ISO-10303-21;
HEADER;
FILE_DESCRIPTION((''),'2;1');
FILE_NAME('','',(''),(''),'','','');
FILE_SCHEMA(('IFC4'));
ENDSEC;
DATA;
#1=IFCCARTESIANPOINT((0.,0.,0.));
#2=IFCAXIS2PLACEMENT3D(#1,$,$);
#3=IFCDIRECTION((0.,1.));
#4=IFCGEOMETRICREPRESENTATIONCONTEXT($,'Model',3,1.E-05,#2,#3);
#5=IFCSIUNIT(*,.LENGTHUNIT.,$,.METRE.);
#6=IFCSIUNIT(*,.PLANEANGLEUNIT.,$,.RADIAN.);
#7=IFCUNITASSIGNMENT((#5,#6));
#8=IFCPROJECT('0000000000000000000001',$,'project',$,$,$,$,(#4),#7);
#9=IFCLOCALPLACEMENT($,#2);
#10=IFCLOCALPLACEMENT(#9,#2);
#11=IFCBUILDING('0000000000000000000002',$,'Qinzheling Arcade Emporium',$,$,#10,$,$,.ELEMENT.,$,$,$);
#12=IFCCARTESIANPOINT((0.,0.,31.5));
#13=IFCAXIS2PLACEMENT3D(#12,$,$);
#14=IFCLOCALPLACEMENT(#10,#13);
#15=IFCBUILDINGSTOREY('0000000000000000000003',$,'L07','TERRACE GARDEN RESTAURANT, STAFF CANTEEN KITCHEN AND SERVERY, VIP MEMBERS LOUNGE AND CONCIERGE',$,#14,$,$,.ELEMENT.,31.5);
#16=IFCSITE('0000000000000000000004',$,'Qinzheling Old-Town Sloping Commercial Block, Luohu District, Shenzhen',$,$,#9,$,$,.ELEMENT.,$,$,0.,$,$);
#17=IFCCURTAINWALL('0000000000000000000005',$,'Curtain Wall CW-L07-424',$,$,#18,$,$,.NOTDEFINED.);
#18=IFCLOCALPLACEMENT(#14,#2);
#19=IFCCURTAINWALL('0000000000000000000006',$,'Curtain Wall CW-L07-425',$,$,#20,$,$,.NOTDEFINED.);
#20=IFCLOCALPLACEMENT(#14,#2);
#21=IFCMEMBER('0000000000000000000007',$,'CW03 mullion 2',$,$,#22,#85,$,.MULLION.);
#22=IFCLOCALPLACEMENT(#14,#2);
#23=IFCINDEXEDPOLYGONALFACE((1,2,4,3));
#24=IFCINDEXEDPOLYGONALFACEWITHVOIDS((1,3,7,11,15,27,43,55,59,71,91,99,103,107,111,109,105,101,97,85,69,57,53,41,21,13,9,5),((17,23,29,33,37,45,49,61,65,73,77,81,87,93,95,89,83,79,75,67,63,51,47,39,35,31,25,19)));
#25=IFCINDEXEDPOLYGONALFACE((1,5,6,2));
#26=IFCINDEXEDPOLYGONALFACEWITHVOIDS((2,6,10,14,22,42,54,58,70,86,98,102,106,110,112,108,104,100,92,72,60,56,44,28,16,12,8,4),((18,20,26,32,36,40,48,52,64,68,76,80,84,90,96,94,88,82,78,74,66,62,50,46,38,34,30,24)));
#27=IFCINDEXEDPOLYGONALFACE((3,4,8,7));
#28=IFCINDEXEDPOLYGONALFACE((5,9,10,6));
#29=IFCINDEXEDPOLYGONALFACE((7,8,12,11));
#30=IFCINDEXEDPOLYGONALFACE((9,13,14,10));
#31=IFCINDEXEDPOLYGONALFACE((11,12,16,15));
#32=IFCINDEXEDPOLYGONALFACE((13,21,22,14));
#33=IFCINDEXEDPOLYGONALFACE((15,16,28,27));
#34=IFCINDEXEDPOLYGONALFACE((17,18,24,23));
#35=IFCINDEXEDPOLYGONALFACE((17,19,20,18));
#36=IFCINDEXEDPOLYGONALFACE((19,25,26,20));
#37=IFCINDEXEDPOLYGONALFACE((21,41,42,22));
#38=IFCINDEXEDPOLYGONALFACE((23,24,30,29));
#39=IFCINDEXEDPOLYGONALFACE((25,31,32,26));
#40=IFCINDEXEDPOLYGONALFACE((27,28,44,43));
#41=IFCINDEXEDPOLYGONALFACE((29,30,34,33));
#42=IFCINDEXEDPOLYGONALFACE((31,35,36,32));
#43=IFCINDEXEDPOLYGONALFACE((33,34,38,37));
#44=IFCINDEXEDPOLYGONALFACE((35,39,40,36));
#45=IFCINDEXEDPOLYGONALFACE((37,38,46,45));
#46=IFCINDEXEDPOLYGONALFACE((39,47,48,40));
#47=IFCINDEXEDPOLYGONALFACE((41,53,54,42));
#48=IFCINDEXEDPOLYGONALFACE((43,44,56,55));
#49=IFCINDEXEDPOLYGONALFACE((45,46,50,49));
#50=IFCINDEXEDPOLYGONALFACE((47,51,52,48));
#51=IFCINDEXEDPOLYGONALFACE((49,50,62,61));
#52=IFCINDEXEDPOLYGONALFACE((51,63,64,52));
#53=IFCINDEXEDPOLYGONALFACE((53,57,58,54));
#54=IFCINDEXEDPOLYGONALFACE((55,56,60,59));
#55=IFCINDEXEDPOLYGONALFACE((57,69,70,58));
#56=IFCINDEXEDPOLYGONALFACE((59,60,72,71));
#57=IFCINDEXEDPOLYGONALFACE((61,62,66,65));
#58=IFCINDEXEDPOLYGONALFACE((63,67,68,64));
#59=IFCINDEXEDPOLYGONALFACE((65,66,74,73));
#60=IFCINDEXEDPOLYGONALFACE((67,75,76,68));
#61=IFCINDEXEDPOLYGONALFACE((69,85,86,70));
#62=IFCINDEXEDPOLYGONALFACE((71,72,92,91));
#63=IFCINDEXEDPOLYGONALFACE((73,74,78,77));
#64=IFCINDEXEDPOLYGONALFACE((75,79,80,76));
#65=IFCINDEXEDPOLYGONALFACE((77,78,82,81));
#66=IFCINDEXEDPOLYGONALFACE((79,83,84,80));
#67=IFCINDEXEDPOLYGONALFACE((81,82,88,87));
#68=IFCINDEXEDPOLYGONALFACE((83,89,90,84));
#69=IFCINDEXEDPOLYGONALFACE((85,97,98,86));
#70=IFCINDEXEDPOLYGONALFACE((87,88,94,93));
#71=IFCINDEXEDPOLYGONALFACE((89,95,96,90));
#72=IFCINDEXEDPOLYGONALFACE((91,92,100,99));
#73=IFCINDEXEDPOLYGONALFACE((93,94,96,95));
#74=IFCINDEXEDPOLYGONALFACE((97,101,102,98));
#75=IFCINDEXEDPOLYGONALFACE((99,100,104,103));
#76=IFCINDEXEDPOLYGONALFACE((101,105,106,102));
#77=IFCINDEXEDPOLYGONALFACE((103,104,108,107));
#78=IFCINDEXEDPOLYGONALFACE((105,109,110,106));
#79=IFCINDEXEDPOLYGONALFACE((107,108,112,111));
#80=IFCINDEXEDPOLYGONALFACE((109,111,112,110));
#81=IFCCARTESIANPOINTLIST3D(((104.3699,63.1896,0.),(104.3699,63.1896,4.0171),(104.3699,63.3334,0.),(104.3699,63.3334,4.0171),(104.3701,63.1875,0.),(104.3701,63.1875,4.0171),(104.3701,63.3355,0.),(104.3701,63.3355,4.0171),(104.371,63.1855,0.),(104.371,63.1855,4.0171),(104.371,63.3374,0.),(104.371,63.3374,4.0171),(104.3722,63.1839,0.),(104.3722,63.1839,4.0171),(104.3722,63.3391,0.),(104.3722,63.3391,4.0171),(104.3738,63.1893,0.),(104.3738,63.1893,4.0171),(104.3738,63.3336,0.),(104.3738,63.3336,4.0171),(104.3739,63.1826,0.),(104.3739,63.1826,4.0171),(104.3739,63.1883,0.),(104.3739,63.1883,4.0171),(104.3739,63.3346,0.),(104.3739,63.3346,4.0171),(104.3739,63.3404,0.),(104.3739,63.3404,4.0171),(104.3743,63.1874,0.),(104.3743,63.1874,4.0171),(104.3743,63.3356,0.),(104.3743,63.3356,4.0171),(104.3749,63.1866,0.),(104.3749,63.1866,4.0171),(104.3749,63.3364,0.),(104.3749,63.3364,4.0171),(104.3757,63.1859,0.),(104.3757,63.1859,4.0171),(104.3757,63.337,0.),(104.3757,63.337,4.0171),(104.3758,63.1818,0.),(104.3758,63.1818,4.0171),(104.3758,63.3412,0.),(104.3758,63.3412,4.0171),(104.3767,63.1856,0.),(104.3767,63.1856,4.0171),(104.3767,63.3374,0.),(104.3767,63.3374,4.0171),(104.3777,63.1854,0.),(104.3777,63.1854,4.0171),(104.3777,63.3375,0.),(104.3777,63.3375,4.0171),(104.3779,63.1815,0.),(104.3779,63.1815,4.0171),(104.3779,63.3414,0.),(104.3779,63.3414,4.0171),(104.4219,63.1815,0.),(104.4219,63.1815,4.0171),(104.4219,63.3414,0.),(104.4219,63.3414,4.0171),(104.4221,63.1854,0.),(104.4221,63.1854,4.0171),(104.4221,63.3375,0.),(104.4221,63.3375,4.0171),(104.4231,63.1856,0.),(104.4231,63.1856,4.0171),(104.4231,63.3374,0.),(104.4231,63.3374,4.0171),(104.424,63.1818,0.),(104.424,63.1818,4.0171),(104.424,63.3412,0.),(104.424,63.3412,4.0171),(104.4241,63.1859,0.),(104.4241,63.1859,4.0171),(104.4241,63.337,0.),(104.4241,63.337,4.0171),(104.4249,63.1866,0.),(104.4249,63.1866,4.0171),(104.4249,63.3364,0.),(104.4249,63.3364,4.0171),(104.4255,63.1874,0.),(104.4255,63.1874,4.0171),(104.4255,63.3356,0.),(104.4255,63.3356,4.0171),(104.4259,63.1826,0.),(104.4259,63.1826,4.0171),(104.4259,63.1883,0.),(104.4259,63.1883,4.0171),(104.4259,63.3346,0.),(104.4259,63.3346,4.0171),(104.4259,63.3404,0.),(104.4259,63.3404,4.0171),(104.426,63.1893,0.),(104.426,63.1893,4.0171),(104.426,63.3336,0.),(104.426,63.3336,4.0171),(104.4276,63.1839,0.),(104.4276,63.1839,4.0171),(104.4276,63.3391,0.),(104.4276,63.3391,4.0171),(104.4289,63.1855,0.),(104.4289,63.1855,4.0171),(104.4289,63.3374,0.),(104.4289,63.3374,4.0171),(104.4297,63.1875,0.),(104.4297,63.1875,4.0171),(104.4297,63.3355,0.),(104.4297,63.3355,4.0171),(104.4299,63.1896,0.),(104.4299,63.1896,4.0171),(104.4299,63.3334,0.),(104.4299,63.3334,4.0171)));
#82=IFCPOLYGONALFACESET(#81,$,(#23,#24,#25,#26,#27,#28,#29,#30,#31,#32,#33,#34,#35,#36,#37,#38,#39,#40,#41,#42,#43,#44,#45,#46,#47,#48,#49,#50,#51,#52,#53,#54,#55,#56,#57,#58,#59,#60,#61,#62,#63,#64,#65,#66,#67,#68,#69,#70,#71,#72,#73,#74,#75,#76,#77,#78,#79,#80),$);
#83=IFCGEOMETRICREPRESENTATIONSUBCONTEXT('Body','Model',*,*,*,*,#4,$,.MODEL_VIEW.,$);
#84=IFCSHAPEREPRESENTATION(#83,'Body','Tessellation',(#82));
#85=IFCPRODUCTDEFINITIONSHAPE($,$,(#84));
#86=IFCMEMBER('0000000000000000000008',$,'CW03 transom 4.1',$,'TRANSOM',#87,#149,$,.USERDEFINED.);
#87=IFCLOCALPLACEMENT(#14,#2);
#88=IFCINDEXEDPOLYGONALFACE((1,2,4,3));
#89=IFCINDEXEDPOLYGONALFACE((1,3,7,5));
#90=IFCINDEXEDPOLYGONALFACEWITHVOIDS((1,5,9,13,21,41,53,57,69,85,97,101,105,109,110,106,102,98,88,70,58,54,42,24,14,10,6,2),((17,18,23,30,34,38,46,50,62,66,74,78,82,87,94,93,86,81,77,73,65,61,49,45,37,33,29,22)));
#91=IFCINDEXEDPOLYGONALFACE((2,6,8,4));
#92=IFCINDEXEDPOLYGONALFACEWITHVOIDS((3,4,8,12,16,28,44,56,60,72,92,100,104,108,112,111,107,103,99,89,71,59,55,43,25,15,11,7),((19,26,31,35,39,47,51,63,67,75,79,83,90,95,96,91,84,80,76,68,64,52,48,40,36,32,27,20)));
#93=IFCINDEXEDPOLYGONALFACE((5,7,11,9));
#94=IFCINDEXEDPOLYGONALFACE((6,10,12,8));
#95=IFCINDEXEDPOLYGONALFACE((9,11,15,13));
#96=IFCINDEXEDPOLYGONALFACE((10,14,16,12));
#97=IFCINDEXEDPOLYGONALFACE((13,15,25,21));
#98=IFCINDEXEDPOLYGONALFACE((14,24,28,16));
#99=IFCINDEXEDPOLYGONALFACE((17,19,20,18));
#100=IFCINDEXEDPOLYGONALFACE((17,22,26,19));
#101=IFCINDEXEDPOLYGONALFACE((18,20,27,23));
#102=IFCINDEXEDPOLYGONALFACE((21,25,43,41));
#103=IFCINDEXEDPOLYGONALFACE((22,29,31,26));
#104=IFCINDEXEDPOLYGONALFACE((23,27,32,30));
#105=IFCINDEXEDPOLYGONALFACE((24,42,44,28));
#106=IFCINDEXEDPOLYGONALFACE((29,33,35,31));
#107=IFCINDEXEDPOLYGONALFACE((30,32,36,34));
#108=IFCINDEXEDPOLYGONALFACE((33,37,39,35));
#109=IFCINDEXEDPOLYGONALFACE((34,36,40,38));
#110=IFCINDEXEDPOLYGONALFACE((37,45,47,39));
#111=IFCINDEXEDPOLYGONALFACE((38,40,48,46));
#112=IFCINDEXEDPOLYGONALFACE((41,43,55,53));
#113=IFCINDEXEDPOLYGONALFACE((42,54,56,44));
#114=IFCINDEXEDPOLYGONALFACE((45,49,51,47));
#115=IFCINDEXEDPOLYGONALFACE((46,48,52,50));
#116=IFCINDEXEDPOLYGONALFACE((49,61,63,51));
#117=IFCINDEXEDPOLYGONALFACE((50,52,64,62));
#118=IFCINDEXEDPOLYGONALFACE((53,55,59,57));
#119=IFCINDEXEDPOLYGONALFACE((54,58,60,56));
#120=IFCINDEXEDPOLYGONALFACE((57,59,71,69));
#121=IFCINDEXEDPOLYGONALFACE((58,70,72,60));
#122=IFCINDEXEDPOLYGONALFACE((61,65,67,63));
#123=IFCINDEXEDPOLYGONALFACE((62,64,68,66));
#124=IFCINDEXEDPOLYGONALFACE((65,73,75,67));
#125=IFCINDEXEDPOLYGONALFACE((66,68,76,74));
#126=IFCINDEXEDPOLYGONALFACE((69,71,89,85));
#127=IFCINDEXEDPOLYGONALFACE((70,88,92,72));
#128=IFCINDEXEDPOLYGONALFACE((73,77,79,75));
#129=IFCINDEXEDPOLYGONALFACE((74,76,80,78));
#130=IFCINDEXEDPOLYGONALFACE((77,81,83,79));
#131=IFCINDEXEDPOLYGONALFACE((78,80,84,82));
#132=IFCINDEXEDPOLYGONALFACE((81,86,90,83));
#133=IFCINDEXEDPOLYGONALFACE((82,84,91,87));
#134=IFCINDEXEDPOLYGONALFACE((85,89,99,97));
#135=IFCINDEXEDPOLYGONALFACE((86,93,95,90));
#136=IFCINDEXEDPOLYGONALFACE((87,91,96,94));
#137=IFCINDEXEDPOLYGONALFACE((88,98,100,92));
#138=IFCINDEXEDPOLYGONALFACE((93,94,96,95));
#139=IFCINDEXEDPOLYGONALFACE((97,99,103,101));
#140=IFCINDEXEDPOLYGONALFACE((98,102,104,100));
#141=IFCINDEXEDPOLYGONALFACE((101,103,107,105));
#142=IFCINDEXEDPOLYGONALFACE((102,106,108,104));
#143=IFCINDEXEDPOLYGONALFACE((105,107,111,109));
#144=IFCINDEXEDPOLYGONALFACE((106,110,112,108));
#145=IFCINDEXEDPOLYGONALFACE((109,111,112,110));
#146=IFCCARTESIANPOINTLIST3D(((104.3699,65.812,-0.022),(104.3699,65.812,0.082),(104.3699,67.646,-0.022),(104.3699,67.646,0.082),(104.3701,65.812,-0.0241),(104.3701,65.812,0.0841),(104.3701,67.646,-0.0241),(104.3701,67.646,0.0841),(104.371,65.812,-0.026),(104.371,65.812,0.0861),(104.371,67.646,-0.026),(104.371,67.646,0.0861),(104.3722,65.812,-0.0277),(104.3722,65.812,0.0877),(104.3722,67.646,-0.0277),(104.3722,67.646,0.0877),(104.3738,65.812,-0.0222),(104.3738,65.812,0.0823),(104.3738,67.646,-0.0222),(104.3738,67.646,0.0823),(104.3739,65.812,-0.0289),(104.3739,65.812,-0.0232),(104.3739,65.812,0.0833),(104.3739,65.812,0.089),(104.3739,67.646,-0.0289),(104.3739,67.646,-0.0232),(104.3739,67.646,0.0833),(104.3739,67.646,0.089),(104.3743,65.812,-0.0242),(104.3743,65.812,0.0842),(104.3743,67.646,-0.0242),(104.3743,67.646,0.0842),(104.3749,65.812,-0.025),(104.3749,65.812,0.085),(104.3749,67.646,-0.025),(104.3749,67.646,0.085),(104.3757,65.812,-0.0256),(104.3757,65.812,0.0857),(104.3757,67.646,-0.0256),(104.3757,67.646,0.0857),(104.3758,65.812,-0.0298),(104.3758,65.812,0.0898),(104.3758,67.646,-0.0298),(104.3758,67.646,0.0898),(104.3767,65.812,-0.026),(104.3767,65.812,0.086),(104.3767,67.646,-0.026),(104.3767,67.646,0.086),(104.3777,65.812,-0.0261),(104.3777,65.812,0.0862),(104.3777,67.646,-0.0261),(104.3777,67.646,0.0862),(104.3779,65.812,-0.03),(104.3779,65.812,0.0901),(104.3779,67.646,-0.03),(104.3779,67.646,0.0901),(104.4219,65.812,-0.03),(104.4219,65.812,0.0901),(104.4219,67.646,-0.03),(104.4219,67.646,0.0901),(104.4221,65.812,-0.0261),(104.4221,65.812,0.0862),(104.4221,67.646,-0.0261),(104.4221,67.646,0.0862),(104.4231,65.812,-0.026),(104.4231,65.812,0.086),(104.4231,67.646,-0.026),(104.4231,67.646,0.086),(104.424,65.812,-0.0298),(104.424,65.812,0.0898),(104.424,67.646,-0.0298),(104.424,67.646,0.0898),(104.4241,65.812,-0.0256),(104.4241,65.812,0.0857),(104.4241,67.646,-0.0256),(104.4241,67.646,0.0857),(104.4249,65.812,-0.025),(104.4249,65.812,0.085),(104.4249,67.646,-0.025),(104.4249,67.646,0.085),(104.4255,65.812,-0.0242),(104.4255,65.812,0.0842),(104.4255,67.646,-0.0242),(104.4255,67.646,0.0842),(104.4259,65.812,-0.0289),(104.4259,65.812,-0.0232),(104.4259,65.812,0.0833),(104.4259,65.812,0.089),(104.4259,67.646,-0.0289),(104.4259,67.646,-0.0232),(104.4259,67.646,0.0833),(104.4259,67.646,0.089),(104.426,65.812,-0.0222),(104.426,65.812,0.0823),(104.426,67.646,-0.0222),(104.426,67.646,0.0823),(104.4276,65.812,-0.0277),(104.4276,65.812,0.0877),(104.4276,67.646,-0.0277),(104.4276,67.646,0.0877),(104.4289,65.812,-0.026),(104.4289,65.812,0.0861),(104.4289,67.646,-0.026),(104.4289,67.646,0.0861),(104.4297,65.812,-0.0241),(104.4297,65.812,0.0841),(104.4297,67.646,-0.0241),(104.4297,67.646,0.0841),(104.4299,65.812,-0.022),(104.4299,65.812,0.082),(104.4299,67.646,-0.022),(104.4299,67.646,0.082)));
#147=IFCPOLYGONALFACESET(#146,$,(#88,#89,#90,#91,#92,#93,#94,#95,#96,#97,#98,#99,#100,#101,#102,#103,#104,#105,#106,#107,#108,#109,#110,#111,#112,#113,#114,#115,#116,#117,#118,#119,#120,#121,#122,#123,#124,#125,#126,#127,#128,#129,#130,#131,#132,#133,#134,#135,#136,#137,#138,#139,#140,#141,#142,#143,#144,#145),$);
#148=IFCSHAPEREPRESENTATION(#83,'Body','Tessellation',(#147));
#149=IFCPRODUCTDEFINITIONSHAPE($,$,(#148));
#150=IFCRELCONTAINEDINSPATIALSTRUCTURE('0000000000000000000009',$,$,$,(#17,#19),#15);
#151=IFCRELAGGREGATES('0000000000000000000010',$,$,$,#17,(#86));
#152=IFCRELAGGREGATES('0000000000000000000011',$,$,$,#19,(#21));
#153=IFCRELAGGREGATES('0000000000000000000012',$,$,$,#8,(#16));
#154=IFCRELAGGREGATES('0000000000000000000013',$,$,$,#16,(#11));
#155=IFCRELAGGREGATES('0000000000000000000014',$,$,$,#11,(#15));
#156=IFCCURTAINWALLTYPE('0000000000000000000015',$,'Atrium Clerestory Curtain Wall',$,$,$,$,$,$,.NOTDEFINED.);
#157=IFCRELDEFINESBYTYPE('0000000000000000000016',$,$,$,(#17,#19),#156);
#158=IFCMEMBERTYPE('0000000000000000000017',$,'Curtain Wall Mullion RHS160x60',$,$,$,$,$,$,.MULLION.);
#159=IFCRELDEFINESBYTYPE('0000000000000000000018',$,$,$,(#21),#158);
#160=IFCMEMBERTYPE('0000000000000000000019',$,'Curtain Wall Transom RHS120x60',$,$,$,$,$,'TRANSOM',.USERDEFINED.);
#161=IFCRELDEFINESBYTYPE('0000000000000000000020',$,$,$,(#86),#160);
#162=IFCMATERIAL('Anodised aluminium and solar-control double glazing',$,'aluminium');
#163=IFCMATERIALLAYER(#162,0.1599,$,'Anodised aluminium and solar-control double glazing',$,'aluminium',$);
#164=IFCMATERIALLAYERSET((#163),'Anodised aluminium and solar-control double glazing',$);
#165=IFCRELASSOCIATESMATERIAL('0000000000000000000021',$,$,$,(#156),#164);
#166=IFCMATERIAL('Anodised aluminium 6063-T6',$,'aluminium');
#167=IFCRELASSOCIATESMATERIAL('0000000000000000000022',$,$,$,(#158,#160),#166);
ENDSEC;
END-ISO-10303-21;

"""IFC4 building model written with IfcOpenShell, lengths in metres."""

from ifc_helpers import new_model, si_unit, direction, frame, origin, origin_2d, place, context, subcontext, project, spatial, hollow_rectangle, extrude, material, layer, layer_set, material_profile, profile_set, type_object, element, aggregate, save


model = new_model("IFC4")

# Units and contexts
model_context = context("Model", 3, precision=1e-05, world=origin(), true_north=direction((0.0, 1.0)))
body_context = subcontext(model_context, "Body", "Model", "MODEL_VIEW")
ifc_project = project(units=[si_unit("LENGTHUNIT", "METRE"), si_unit("PLANEANGLEUNIT", "RADIAN")], contexts=[model_context])

# Site, building, storey
site_placement = place(None, origin())
site = spatial("IfcSite", under=ifc_project, at=site_placement, Name="Qinzheling Old-Town Sloping Commercial Block, Luohu District, Shenzhen", CompositionType="ELEMENT", RefElevation=0.0)
building_placement = place(site_placement, origin())
building = spatial("IfcBuilding", under=site, at=building_placement, Name="Qinzheling Arcade Emporium", CompositionType="ELEMENT")
storey_placement = place(building_placement, frame((0.0, 0.0, 31.5)))
storey = spatial("IfcBuildingStorey", under=building, at=storey_placement, Name="L07", Description="TERRACE GARDEN RESTAURANT, STAFF CANTEEN KITCHEN AND SERVERY, VIP MEMBERS LOUNGE AND CONCIERGE", CompositionType="ELEMENT", Elevation=31.5)

# Curtain wall
ifc_material_1 = material(Name="Anodised aluminium and solar-control double glazing", Category="aluminium")
ifc_layer_1 = layer(ifc_material_1, 0.1599, Name="Anodised aluminium and solar-control double glazing", Category="aluminium")
ifc_layer_set_1 = layer_set([ifc_layer_1], Name="Anodised aluminium and solar-control double glazing")
curtain_wall_type = type_object("IfcCurtainWallType", Name="Atrium Clerestory Curtain Wall", PredefinedType="NOTDEFINED", material=ifc_layer_set_1)
curtain_wall_1_placement = place(storey_placement, origin())
curtain_wall_1 = element("IfcCurtainWall", 1, at=curtain_wall_1_placement, inside=storey, type_object=curtain_wall_type, Name="Curtain Wall CW-L07-424", PredefinedType="NOTDEFINED")
ifc_material_2 = material(Name="Anodised aluminium 6063-T6", Category="aluminium")
ifc_material_profile_1 = material_profile(ifc_material_2, hollow_rectangle(XDim=0.0601, YDim=0.1599, WallThickness=0.0039, InnerFilletRadius=0.0039, OuterFilletRadius=0.0081, at=origin_2d()), Name="RHS 160x60x4", Category="aluminium")
ifc_profile_set_1 = profile_set([ifc_material_profile_1], Name="Anodised aluminium 6063-T6")
member_type_1 = type_object("IfcMemberType", Name="Curtain Wall Mullion RHS160x60", PredefinedType="MULLION", material=ifc_profile_set_1)

# Curtain wall, member
curtain_wall_2_placement = place(storey_placement, origin())
curtain_wall_2 = element("IfcCurtainWall", 2, at=curtain_wall_2_placement, inside=storey, type_object=curtain_wall_type, Name="Curtain Wall CW-L07-425", PredefinedType="NOTDEFINED")
member_1_placement = place(storey_placement, frame((104.3999, 63.2615, 0.0), z_axis=(0.0, 0.0, 1.0), x_axis=(1.0, 0.0, 0.0)))
member_1 = element("IfcMember", 3, at=member_1_placement, type_object=member_type_1, Name="CW03 mullion 2", PredefinedType="MULLION", context=body_context, shape_type="SweptSolid", body=[
    extrude(hollow_rectangle(XDim=0.0601, YDim=0.1599, WallThickness=0.0039, InnerFilletRadius=0.0039, OuterFilletRadius=0.0081, at=origin_2d()), origin(), (0.0, 0.0, 1.0), 4.0171),
])

# Member
ifc_material_profile_2 = material_profile(ifc_material_2, hollow_rectangle(XDim=0.0601, YDim=0.1201, WallThickness=0.0039, InnerFilletRadius=0.0039, OuterFilletRadius=0.0081, at=origin_2d()), Name="RHS 120x60x4", Category="aluminium")
ifc_profile_set_2 = profile_set([ifc_material_profile_2], Name="Anodised aluminium 6063-T6")
member_type_2 = type_object("IfcMemberType", Name="Curtain Wall Transom RHS120x60", ElementType="TRANSOM", PredefinedType="USERDEFINED", material=ifc_profile_set_2)
member_2_placement = place(storey_placement, frame((104.3999, 67.646, 0.03), z_axis=(0.0, -1.0, 0.0), x_axis=(1.0, 0.0, 0.0)))
member_2 = element("IfcMember", 4, at=member_2_placement, type_object=member_type_2, Name="CW03 transom 4.1", ObjectType="TRANSOM", PredefinedType="USERDEFINED", context=body_context, shape_type="SweptSolid", body=[
    extrude(hollow_rectangle(XDim=0.0601, YDim=0.1201, WallThickness=0.0039, InnerFilletRadius=0.0039, OuterFilletRadius=0.0081, at=origin_2d()), origin(), (0.0, 0.0, 1.0), 1.834),
])

aggregate(curtain_wall_1, [member_2])
aggregate(curtain_wall_2, [member_1])

save(model, "model.ifc")
